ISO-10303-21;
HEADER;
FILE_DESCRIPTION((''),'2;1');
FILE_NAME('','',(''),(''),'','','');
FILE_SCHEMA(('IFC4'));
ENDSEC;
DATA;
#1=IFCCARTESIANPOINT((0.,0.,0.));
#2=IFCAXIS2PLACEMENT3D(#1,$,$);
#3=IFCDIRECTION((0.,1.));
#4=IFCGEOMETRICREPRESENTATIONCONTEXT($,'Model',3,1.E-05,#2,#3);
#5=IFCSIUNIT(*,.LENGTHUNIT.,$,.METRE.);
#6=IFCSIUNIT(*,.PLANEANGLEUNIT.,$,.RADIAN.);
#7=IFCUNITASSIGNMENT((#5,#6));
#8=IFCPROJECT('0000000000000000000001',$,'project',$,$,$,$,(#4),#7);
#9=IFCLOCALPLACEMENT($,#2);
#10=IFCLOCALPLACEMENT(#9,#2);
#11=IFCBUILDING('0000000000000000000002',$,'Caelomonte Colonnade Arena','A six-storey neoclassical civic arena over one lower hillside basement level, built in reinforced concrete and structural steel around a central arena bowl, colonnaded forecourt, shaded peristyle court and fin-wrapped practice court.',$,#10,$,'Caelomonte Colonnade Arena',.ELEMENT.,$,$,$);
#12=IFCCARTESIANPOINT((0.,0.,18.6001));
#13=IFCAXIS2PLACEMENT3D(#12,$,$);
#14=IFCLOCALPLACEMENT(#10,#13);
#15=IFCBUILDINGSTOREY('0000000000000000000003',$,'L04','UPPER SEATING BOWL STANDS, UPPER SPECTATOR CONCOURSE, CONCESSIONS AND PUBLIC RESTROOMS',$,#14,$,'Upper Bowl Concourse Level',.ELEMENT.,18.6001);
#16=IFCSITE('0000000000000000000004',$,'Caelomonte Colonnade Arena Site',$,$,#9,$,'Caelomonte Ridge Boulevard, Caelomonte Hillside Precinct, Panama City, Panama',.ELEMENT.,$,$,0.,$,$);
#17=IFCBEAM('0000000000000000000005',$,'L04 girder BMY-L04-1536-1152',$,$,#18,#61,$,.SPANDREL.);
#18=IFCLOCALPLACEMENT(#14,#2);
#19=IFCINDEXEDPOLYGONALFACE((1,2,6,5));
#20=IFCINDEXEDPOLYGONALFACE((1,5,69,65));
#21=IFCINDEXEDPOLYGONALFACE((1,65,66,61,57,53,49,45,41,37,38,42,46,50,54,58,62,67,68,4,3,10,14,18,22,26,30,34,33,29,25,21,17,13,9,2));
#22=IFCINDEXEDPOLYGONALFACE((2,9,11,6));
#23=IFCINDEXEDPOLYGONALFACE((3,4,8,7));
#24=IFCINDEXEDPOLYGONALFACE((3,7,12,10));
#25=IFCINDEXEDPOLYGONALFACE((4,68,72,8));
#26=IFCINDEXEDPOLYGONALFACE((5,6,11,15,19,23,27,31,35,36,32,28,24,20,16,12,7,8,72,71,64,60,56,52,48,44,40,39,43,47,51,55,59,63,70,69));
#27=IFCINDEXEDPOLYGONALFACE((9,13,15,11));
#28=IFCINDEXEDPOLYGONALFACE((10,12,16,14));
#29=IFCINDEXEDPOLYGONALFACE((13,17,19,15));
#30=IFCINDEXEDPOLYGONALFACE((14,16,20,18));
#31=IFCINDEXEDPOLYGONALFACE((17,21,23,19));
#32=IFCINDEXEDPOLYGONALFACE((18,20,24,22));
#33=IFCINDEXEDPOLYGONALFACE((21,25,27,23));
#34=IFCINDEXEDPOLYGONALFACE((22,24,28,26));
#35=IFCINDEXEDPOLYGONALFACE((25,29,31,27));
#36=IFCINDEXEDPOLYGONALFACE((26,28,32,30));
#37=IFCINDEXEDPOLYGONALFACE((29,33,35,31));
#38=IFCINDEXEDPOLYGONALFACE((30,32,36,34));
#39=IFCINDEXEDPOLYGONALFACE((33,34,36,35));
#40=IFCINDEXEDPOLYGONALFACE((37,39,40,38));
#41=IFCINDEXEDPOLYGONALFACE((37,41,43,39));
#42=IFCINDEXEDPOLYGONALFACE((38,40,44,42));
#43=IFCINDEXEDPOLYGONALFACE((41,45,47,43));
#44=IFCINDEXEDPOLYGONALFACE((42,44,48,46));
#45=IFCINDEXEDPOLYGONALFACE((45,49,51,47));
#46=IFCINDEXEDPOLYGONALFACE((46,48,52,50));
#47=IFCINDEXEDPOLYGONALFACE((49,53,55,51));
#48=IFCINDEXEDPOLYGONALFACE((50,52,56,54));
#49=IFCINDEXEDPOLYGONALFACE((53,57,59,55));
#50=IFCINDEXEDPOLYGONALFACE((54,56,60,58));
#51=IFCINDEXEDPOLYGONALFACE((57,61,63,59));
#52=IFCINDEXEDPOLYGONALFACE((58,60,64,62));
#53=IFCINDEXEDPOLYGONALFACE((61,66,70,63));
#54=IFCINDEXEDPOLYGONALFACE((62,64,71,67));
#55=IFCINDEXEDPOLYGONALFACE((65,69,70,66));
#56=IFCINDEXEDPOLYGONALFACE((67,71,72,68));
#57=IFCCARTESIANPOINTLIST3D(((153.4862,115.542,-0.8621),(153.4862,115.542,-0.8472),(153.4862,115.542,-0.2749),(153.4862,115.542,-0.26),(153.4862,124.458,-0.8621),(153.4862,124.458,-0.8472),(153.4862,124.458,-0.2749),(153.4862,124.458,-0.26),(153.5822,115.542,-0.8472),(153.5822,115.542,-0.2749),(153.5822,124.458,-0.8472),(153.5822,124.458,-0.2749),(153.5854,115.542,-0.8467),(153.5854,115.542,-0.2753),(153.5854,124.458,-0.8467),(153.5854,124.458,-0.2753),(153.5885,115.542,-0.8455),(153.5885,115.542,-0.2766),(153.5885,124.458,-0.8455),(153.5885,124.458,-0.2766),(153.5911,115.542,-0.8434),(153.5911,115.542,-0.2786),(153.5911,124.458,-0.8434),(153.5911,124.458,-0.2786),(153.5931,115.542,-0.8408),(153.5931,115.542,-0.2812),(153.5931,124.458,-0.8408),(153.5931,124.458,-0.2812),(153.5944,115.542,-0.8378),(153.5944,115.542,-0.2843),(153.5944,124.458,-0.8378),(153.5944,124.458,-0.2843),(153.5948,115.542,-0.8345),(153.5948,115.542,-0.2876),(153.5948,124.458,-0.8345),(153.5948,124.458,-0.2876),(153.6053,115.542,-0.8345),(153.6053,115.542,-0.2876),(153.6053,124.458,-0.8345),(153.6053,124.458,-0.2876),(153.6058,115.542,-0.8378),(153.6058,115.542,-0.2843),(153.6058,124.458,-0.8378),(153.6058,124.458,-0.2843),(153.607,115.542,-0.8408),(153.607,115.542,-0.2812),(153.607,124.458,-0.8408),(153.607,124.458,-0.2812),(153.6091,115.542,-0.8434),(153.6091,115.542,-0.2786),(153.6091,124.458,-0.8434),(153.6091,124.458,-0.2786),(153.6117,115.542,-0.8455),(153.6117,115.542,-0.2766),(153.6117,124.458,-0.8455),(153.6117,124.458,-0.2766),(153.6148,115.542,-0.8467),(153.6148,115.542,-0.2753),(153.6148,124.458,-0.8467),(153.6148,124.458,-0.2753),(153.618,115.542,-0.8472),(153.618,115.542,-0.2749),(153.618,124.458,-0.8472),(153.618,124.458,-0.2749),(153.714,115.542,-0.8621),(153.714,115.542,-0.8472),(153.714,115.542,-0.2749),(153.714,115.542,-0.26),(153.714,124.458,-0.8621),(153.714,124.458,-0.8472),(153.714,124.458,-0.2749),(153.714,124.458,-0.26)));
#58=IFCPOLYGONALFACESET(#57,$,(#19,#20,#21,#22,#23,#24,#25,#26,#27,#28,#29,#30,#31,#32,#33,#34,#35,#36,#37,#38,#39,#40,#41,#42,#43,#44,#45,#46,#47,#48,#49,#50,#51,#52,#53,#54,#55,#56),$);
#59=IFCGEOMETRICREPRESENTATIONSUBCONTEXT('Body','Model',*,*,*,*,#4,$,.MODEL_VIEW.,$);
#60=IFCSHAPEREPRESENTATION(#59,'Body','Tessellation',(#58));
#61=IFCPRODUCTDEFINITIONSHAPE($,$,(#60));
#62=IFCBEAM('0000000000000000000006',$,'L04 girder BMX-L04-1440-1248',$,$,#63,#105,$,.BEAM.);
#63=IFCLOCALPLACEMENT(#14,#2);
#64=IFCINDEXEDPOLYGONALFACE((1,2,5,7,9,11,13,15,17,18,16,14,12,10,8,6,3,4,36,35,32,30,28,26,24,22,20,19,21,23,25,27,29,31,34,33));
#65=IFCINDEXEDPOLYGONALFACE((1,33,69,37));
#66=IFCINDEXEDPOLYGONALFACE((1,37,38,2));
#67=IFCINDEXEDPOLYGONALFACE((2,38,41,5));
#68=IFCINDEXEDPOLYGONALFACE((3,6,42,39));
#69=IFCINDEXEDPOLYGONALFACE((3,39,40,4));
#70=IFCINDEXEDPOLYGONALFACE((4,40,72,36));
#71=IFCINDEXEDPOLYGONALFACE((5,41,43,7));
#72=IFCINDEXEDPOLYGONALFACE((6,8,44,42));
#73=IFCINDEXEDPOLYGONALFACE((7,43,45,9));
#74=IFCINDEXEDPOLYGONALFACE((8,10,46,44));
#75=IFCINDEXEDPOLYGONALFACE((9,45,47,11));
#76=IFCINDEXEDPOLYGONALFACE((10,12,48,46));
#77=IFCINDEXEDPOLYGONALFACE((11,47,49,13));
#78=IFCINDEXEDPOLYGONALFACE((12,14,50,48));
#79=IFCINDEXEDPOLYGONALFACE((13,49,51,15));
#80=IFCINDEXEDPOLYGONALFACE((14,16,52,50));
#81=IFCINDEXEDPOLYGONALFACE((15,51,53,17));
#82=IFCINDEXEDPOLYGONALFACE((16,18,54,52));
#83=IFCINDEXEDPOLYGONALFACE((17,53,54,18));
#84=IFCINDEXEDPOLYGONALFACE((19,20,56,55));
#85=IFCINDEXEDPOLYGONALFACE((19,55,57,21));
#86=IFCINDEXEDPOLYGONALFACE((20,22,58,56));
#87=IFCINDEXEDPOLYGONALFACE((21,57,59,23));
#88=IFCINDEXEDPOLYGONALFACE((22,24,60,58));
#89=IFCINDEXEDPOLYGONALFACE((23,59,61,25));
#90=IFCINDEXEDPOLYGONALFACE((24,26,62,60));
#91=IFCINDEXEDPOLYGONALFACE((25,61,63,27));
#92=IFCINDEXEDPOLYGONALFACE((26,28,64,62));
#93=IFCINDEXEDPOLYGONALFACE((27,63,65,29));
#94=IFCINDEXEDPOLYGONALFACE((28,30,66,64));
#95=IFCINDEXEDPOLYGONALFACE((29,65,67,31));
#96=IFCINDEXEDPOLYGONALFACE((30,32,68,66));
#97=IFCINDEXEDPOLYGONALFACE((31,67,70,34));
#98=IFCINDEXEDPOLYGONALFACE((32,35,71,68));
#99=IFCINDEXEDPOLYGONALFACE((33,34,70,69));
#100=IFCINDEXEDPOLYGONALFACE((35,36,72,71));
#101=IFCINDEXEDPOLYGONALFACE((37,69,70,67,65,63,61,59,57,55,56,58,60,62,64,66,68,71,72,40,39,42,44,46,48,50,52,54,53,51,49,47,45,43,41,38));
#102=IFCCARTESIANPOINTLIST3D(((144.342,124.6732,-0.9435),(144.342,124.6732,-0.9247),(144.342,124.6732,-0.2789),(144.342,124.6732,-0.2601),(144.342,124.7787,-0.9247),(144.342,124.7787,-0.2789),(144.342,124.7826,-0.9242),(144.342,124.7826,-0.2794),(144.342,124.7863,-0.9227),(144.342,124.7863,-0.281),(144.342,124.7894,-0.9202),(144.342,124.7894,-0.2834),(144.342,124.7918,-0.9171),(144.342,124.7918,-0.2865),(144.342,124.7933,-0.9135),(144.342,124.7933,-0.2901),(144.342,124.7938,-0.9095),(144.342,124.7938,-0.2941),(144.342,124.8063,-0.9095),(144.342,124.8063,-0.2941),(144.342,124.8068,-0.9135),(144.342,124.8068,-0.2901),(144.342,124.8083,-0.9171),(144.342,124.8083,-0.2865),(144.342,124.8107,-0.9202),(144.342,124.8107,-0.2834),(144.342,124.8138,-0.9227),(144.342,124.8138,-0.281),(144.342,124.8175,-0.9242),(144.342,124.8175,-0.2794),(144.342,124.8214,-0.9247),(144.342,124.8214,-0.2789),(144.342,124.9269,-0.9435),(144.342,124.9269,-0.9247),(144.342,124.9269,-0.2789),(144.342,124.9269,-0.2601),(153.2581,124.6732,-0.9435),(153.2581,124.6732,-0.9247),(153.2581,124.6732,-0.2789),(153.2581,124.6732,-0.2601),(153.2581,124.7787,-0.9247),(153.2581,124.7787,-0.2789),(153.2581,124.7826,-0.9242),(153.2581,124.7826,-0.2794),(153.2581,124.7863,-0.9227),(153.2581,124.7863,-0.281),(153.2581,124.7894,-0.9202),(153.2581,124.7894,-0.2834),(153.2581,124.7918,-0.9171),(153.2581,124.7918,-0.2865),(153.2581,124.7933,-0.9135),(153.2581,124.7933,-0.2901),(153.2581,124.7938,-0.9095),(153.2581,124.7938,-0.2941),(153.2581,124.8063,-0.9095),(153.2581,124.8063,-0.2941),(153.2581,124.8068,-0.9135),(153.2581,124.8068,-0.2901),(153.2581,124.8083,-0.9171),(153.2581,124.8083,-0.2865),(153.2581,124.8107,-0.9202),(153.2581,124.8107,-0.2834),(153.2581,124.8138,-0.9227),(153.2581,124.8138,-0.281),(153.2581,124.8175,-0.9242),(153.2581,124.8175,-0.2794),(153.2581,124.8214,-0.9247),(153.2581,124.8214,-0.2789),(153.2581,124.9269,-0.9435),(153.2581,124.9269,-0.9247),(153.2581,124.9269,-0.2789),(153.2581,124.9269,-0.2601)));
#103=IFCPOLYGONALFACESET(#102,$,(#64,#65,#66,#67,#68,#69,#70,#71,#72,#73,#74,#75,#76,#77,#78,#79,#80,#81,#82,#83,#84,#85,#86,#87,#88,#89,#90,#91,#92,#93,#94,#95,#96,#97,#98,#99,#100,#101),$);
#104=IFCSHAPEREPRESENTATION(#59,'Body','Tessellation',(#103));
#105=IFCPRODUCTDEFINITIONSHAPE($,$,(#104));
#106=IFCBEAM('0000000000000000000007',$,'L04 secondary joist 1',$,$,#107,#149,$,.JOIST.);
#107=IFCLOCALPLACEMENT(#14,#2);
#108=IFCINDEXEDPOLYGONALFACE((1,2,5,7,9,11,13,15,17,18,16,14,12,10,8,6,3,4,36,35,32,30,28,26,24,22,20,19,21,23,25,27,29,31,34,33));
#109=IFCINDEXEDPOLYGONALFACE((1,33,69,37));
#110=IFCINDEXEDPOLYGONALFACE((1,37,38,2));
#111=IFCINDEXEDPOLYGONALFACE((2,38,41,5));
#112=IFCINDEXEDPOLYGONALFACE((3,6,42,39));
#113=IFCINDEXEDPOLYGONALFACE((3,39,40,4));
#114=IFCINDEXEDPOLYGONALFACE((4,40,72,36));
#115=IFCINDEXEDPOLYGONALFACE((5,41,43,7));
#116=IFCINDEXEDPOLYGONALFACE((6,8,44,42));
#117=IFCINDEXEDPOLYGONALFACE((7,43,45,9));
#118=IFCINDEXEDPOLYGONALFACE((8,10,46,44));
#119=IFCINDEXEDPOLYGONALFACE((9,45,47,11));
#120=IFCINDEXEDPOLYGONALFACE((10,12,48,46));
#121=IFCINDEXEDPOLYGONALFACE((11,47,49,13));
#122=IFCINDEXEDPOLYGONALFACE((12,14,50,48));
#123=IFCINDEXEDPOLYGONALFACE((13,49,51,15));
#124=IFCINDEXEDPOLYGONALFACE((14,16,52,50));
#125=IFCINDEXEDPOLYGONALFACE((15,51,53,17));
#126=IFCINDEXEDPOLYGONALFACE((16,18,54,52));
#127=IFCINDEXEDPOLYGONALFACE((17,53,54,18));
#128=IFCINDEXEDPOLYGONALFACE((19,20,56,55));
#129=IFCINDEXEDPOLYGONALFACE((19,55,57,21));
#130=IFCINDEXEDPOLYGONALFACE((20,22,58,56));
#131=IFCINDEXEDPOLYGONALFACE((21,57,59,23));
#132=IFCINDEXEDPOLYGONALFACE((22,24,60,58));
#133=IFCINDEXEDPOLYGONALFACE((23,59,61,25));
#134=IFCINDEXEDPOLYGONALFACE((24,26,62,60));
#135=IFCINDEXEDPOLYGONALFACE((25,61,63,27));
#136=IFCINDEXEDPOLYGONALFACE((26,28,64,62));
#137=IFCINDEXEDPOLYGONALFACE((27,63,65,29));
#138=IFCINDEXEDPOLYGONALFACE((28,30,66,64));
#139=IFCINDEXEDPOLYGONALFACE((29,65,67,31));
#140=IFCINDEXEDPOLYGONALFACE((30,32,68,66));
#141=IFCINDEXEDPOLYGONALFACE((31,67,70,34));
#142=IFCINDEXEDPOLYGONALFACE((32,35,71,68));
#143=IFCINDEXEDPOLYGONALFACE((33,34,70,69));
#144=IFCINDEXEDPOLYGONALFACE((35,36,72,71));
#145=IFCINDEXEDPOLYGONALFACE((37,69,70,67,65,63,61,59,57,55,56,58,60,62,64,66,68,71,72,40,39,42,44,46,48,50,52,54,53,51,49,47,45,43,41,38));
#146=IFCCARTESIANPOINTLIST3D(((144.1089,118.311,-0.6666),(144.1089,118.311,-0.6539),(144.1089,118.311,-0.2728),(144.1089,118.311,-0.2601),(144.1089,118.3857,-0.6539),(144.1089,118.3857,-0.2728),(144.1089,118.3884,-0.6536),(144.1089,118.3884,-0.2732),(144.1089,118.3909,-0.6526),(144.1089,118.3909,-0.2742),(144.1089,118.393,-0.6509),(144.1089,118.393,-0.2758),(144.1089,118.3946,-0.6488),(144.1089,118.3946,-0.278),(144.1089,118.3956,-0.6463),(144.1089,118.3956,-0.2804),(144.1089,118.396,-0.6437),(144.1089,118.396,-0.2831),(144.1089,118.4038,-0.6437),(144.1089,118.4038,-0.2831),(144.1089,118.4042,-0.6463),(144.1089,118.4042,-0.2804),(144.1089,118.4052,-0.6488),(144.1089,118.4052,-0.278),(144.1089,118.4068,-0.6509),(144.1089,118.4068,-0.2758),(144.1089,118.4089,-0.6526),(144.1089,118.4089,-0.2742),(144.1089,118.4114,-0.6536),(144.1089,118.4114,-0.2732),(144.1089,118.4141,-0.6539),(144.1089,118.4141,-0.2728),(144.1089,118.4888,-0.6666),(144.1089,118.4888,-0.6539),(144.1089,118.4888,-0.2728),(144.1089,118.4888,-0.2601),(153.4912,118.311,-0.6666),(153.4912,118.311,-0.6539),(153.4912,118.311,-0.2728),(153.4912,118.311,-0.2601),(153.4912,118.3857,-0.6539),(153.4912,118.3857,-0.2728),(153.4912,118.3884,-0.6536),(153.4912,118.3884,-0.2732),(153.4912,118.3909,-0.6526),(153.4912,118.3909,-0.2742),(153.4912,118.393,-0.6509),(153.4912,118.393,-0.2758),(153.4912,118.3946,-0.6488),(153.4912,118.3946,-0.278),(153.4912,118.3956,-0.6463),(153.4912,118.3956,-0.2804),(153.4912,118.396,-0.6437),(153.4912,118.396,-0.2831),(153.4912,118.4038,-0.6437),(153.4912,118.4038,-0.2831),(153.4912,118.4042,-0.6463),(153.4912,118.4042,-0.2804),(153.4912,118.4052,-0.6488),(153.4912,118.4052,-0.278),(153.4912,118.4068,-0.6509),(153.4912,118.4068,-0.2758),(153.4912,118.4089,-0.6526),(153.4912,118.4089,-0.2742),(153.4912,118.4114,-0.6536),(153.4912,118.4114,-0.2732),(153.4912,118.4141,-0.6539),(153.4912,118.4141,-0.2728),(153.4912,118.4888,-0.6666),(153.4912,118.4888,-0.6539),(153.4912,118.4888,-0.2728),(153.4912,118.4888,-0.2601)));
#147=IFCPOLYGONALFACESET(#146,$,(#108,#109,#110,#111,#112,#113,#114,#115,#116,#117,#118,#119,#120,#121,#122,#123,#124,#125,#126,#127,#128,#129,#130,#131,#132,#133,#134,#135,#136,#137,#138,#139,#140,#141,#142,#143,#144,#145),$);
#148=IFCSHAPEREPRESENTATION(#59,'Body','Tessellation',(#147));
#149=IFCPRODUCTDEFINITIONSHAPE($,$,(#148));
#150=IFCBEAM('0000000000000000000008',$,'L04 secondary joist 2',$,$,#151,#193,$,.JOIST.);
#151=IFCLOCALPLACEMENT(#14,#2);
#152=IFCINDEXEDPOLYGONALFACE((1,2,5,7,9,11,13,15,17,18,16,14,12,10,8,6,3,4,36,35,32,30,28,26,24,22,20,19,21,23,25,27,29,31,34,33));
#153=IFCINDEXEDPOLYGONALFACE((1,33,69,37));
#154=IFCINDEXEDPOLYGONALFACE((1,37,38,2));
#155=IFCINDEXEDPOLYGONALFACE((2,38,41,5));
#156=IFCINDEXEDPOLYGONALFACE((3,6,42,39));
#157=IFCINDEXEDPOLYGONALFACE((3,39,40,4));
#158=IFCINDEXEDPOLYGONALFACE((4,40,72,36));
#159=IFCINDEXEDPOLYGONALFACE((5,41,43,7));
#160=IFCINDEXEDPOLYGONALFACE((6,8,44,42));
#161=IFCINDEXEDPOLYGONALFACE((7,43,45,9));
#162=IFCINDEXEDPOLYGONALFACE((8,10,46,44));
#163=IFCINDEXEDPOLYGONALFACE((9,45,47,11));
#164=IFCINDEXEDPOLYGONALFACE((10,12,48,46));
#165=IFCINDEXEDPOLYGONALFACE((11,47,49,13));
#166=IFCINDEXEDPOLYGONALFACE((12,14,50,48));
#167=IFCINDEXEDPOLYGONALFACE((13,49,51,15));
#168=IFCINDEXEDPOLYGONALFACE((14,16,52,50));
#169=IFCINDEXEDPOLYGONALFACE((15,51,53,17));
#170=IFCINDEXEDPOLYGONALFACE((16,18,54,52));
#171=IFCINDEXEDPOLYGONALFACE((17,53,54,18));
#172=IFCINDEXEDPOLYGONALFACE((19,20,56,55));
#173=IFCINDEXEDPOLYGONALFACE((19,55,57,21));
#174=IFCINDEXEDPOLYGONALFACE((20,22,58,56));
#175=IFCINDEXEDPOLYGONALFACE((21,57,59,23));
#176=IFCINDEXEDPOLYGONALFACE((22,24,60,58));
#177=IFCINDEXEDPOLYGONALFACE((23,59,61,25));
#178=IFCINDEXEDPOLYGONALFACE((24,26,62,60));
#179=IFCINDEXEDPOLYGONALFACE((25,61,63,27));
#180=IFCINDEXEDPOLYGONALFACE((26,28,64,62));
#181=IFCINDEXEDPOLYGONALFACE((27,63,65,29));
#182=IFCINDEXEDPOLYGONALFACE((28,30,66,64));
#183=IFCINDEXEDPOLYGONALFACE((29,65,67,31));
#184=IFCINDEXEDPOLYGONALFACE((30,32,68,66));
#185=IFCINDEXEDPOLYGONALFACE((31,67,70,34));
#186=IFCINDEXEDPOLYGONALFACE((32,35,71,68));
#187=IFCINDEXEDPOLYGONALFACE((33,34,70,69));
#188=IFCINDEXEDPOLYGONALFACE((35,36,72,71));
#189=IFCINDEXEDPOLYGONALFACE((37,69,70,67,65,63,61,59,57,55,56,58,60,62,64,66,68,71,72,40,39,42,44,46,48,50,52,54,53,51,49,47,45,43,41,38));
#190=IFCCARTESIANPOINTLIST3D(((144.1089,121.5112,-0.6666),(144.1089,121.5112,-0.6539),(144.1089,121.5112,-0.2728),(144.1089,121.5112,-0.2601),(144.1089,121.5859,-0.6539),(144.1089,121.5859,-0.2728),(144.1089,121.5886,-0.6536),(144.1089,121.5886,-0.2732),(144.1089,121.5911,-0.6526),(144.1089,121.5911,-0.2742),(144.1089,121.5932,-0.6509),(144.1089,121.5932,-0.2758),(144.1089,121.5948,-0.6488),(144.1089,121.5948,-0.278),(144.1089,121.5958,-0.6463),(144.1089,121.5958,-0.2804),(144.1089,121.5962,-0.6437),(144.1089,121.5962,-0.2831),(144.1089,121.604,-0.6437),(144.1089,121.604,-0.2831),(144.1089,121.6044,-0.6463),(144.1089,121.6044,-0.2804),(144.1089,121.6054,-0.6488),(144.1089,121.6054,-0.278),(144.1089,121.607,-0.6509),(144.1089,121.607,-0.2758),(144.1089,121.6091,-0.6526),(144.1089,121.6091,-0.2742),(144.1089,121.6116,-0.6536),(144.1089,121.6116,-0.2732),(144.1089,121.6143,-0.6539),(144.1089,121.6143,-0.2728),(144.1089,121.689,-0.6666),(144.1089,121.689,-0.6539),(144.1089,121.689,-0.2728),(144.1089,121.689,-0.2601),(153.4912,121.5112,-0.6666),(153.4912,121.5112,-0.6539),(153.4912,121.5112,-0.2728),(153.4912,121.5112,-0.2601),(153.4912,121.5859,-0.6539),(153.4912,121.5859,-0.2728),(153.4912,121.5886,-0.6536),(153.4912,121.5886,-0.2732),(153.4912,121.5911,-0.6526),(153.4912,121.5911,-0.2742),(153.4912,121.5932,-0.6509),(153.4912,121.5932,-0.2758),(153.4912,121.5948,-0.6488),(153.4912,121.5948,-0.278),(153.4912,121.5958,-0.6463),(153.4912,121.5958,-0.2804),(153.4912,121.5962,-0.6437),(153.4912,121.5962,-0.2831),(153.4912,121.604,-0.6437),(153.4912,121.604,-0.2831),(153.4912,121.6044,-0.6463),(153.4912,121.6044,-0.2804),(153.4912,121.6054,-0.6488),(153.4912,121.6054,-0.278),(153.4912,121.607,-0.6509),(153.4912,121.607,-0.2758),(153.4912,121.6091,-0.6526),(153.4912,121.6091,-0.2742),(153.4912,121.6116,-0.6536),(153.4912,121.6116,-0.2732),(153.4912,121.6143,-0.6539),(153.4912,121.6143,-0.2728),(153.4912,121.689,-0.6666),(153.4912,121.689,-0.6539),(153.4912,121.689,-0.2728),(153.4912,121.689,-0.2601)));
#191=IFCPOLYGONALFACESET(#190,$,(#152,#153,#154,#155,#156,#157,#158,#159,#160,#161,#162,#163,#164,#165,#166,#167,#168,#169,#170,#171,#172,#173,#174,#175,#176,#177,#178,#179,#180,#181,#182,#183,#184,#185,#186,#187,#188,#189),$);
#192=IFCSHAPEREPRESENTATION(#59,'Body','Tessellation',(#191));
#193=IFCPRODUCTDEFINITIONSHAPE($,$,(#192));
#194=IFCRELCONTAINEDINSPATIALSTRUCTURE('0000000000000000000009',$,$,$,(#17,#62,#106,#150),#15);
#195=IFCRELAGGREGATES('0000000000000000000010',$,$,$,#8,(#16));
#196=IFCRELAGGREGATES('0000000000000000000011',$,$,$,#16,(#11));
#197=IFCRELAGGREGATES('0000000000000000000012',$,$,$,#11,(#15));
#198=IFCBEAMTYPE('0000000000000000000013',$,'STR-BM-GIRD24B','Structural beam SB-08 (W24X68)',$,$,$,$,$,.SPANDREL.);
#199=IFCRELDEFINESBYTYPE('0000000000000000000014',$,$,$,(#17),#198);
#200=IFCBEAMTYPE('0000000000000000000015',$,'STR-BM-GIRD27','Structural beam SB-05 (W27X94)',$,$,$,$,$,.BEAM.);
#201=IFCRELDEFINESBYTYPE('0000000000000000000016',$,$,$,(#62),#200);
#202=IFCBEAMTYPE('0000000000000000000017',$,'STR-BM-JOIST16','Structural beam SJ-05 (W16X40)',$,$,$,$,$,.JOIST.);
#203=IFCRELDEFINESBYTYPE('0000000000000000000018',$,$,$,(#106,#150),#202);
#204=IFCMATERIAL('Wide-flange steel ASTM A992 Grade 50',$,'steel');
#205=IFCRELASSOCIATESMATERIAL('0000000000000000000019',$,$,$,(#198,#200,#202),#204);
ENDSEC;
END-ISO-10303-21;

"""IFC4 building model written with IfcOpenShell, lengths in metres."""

from ifc_helpers import new_model, si_unit, direction, frame, origin, origin_2d, place, context, subcontext, project, spatial, i_section, extrude, material, material_profile, profile_set, type_object, element, save


model = new_model("IFC4")

# Units and contexts
model_context = context("Model", 3, precision=1e-05, world=origin(), true_north=direction((0.0, 1.0)))
body_context = subcontext(model_context, "Body", "Model", "MODEL_VIEW")
ifc_project = project(units=[si_unit("LENGTHUNIT", "METRE"), si_unit("PLANEANGLEUNIT", "RADIAN")], contexts=[model_context])

# Site, building, storey
site_placement = place(None, origin())
site = spatial("IfcSite", under=ifc_project, at=site_placement, Name="Caelomonte Colonnade Arena Site", LongName="Caelomonte Ridge Boulevard, Caelomonte Hillside Precinct, Panama City, Panama", CompositionType="ELEMENT", RefElevation=0.0)
building_placement = place(site_placement, origin())
building = spatial("IfcBuilding", under=site, at=building_placement, Name="Caelomonte Colonnade Arena", Description="A six-storey neoclassical civic arena over one lower hillside basement level, built in reinforced concrete and structural steel around a central arena bowl, colonnaded forecourt, shaded peristyle court and fin-wrapped practice court.", LongName="Caelomonte Colonnade Arena", CompositionType="ELEMENT")
storey_placement = place(building_placement, frame((0.0, 0.0, 18.6001)))
storey = spatial("IfcBuildingStorey", under=building, at=storey_placement, Name="L04", Description="UPPER SEATING BOWL STANDS, UPPER SPECTATOR CONCOURSE, CONCESSIONS AND PUBLIC RESTROOMS", LongName="Upper Bowl Concourse Level", CompositionType="ELEMENT", Elevation=18.6001)

# Shared definitions
ifc_material_1 = material(Name="Wide-flange steel ASTM A992 Grade 50", Category="steel")

# Beams
ifc_material_profile_1 = material_profile(ifc_material_1, i_section(OverallWidth=0.2278, OverallDepth=0.6021, WebThickness=0.0105, FlangeThickness=0.0149, FilletRadius=0.0127, at=origin_2d()), Name="W24X68")
ifc_profile_set_1 = profile_set([ifc_material_profile_1], Name="Wide-flange steel ASTM A992 Grade 50")
beam_type_1 = type_object("IfcBeamType", Name="STR-BM-GIRD24B", Description="Structural beam SB-08 (W24X68)", PredefinedType="SPANDREL", material=ifc_profile_set_1)
beam_1_placement = place(storey_placement, frame((153.6001, 115.542, -0.561), z_axis=(0.0, 1.0, 0.0), x_axis=(-1.0, 0.0, 0.0)))
element("IfcBeam", 1, at=beam_1_placement, inside=storey, type_object=beam_type_1, Name="L04 girder BMY-L04-1536-1152", PredefinedType="SPANDREL", context=body_context, shape_type="SweptSolid", body=[
    extrude(i_section(OverallWidth=0.2278, OverallDepth=0.6021, WebThickness=0.0105, FlangeThickness=0.0149, FilletRadius=0.0127, at=origin_2d()), origin(), (0.0, 0.0, 1.0), 8.916),
])
ifc_material_profile_2 = material_profile(ifc_material_1, i_section(OverallWidth=0.2537, OverallDepth=0.6833, WebThickness=0.0125, FlangeThickness=0.0188, FilletRadius=0.0151, at=origin_2d()), Name="W27X94")
ifc_profile_set_2 = profile_set([ifc_material_profile_2], Name="Wide-flange steel ASTM A992 Grade 50")
beam_type_2 = type_object("IfcBeamType", Name="STR-BM-GIRD27", Description="Structural beam SB-05 (W27X94)", PredefinedType="BEAM", material=ifc_profile_set_2)
beam_2_placement = place(storey_placement, frame((144.342, 124.8, -0.6018), z_axis=(1.0, 0.0, 0.0), x_axis=(0.0, 1.0, 0.0)))
element("IfcBeam", 2, at=beam_2_placement, inside=storey, type_object=beam_type_2, Name="L04 girder BMX-L04-1440-1248", PredefinedType="BEAM", context=body_context, shape_type="SweptSolid", body=[
    extrude(i_section(OverallWidth=0.2537, OverallDepth=0.6833, WebThickness=0.0125, FlangeThickness=0.0188, FilletRadius=0.0151, at=origin_2d()), origin(), (0.0, 0.0, 1.0), 8.916),
])
ifc_material_profile_3 = material_profile(ifc_material_1, i_section(OverallWidth=0.1777, OverallDepth=0.4065, WebThickness=0.0078, FlangeThickness=0.0127, FilletRadius=0.0103, at=origin_2d()), Name="W16X40")
ifc_profile_set_3 = profile_set([ifc_material_profile_3], Name="Wide-flange steel ASTM A992 Grade 50")
beam_type_3 = type_object("IfcBeamType", Name="STR-BM-JOIST16", Description="Structural beam SJ-05 (W16X40)", PredefinedType="JOIST", material=ifc_profile_set_3)
for number, where, z_axis, x_axis, name in (
    (3, (144.1089, 118.3999, -0.4634), (1.0, 0.0, 0.0), (0.0, 1.0, 0.0), "L04 secondary joist 1"),
    (4, (144.1089, 121.6001, -0.4634), (1.0, 0.0, 0.0), (0.0, 1.0, 0.0), "L04 secondary joist 2"),
):
    element("IfcBeam", number, at=place(storey_placement, frame(where, z_axis=z_axis, x_axis=x_axis)), inside=storey, type_object=beam_type_3, Name=name, PredefinedType="JOIST", context=body_context, shape_type="SweptSolid", body=[
        extrude(i_section(OverallWidth=0.1777, OverallDepth=0.4065, WebThickness=0.0078, FlangeThickness=0.0127, FilletRadius=0.0103, at=origin_2d()), origin(), (0.0, 0.0, 1.0), 9.3823),
    ])

save(model, "model.ifc")
